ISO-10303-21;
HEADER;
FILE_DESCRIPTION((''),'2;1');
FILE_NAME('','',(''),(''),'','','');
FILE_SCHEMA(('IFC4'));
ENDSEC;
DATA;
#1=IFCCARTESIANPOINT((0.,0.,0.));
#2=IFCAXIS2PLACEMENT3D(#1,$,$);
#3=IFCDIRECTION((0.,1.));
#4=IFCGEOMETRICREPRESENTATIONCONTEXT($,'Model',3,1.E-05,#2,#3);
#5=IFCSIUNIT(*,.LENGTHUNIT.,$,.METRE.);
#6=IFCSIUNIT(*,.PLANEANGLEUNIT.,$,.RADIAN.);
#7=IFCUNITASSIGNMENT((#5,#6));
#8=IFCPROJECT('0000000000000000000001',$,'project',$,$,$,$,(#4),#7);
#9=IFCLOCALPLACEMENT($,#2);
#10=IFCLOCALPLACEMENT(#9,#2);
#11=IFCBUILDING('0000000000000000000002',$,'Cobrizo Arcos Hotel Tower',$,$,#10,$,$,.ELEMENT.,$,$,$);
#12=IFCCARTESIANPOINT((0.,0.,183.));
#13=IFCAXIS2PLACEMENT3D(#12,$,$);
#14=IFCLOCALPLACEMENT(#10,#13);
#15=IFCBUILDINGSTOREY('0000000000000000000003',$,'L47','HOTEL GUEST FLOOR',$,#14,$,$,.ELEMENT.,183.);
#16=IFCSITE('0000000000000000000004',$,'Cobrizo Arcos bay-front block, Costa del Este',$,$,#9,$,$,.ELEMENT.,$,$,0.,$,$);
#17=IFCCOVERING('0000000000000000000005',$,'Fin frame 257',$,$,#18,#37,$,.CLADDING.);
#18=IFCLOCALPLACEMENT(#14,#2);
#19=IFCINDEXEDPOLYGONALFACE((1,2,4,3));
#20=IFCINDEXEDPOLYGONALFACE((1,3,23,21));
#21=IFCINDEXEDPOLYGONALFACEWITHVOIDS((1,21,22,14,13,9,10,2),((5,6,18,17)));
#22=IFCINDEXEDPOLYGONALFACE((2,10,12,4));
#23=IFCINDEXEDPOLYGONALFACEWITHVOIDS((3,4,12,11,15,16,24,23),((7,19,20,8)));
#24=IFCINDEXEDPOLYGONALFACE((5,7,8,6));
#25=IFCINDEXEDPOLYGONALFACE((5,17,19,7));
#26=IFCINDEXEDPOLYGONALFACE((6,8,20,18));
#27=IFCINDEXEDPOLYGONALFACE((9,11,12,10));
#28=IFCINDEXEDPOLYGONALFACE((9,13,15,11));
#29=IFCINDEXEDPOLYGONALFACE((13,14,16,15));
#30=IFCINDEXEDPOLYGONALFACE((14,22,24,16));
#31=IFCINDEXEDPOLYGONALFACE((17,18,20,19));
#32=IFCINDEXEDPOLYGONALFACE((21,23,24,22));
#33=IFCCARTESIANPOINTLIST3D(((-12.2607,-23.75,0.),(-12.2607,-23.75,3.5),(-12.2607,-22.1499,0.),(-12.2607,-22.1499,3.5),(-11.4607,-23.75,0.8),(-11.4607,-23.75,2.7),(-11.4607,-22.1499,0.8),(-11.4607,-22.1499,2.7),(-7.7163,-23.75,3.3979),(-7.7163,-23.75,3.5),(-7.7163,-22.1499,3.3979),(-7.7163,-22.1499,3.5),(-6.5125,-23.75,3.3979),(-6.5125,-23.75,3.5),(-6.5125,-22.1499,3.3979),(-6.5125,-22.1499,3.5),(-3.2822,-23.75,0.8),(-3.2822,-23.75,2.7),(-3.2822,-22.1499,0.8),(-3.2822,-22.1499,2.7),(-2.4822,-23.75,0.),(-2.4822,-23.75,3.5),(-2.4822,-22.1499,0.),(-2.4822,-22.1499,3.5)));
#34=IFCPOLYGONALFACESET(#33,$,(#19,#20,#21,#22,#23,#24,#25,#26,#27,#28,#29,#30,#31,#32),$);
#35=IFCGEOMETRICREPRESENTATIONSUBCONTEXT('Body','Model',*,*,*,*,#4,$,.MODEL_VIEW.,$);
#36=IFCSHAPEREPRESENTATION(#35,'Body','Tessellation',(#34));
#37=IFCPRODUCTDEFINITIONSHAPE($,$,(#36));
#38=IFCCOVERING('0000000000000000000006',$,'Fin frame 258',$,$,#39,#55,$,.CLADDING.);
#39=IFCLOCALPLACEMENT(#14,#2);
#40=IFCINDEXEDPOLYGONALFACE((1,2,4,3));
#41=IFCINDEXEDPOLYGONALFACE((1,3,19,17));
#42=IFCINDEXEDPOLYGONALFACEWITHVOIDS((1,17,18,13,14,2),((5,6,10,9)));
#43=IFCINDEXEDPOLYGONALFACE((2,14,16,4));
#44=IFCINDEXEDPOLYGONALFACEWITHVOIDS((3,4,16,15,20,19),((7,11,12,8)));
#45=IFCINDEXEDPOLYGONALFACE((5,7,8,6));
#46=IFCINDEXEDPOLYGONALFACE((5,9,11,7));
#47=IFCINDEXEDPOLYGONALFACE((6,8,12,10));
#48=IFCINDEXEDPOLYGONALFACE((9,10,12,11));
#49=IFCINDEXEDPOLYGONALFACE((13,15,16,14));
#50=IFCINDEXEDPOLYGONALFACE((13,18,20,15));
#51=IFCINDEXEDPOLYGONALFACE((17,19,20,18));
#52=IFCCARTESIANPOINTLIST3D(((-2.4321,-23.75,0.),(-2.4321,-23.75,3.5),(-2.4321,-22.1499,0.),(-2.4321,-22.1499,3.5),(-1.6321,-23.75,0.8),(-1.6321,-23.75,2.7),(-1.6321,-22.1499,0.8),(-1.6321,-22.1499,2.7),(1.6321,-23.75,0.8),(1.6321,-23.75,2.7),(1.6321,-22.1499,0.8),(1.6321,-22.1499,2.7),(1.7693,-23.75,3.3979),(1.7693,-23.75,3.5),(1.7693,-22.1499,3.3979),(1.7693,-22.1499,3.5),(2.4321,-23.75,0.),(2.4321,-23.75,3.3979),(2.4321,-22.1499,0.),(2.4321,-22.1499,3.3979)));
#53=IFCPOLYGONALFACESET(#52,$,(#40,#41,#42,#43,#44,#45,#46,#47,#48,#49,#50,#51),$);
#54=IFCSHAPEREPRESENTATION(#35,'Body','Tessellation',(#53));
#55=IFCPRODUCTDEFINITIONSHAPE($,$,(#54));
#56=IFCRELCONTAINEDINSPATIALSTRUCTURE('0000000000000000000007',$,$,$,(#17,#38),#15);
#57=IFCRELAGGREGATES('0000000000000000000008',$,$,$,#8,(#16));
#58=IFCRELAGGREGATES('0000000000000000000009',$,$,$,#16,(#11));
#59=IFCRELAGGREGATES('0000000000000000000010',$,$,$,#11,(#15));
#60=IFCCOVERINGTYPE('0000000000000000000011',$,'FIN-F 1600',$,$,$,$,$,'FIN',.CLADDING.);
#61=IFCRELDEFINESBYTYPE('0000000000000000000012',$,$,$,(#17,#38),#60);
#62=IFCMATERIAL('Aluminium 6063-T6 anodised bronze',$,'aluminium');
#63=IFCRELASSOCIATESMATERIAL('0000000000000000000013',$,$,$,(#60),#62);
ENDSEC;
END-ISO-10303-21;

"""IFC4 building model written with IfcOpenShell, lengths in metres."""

from ifc_helpers import new_model, si_unit, direction, frame, origin, place, context, subcontext, project, spatial, polyline, outline, extrude, material, type_object, element, save


model = new_model("IFC4")

# Units and contexts
model_context = context("Model", 3, precision=1e-05, world=origin(), true_north=direction((0.0, 1.0)))
body_context = subcontext(model_context, "Body", "Model", "MODEL_VIEW")
ifc_project = project(units=[si_unit("LENGTHUNIT", "METRE"), si_unit("PLANEANGLEUNIT", "RADIAN")], contexts=[model_context])

# Site, building, storey
site_placement = place(None, origin())
site = spatial("IfcSite", under=ifc_project, at=site_placement, Name="Cobrizo Arcos bay-front block, Costa del Este", CompositionType="ELEMENT", RefElevation=0.0)
building_placement = place(site_placement, origin())
building = spatial("IfcBuilding", under=site, at=building_placement, Name="Cobrizo Arcos Hotel Tower", CompositionType="ELEMENT")
storey_placement = place(building_placement, frame((0.0, 0.0, 183.0)))
storey = spatial("IfcBuildingStorey", under=building, at=storey_placement, Name="L47", Description="HOTEL GUEST FLOOR", CompositionType="ELEMENT", Elevation=183.0)

# Shared definitions
ifc_material_1 = material(Name="Aluminium 6063-T6 anodised bronze", Category="aluminium")

# Coverings
covering_type = type_object("IfcCoveringType", Name="FIN-F 1600", ElementType="FIN", PredefinedType="CLADDING", material=ifc_material_1)
covering_1_placement = place(storey_placement, frame((-12.2607, -22.1499, 0.0), z_axis=(0.0, -1.0, 0.0), x_axis=(1.0, 0.0, 0.0)))
element("IfcCovering", 1, at=covering_1_placement, inside=storey, type_object=covering_type, Name="Fin frame 257", PredefinedType="CLADDING", context=body_context, shape_type="SweptSolid", body=[
    extrude(outline(polyline([(9.7786, 3.5), (5.7483, 3.5), (5.7483, 3.3979), (4.5444, 3.3979), (4.5444, 3.5), (0.0, 3.5), (0.0, 0.0), (9.7786, 0.0), (9.7786, 3.5)]), holes=[polyline([(8.9785, 0.8), (0.8, 0.8), (0.8, 2.7), (8.9785, 2.7), (8.9785, 0.8)])]), origin(), (0.0, 0.0, 1.0), 1.6001),
])
covering_2_placement = place(storey_placement, frame((-2.4321, -22.1499, 0.0), z_axis=(0.0, -1.0, 0.0), x_axis=(1.0, 0.0, 0.0)))
element("IfcCovering", 2, at=covering_2_placement, inside=storey, type_object=covering_type, Name="Fin frame 258", PredefinedType="CLADDING", context=body_context, shape_type="SweptSolid", body=[
    extrude(outline(polyline([(4.8643, 0.0), (4.8643, 3.3979), (4.2014, 3.3979), (4.2014, 3.5), (0.0, 3.5), (0.0, 0.0), (4.8643, 0.0)]), holes=[polyline([(4.0642, 0.8), (0.8, 0.8), (0.8, 2.7), (4.0642, 2.7), (4.0642, 0.8)])]), origin(), (0.0, 0.0, 1.0), 1.6001),
])

save(model, "model.ifc")
